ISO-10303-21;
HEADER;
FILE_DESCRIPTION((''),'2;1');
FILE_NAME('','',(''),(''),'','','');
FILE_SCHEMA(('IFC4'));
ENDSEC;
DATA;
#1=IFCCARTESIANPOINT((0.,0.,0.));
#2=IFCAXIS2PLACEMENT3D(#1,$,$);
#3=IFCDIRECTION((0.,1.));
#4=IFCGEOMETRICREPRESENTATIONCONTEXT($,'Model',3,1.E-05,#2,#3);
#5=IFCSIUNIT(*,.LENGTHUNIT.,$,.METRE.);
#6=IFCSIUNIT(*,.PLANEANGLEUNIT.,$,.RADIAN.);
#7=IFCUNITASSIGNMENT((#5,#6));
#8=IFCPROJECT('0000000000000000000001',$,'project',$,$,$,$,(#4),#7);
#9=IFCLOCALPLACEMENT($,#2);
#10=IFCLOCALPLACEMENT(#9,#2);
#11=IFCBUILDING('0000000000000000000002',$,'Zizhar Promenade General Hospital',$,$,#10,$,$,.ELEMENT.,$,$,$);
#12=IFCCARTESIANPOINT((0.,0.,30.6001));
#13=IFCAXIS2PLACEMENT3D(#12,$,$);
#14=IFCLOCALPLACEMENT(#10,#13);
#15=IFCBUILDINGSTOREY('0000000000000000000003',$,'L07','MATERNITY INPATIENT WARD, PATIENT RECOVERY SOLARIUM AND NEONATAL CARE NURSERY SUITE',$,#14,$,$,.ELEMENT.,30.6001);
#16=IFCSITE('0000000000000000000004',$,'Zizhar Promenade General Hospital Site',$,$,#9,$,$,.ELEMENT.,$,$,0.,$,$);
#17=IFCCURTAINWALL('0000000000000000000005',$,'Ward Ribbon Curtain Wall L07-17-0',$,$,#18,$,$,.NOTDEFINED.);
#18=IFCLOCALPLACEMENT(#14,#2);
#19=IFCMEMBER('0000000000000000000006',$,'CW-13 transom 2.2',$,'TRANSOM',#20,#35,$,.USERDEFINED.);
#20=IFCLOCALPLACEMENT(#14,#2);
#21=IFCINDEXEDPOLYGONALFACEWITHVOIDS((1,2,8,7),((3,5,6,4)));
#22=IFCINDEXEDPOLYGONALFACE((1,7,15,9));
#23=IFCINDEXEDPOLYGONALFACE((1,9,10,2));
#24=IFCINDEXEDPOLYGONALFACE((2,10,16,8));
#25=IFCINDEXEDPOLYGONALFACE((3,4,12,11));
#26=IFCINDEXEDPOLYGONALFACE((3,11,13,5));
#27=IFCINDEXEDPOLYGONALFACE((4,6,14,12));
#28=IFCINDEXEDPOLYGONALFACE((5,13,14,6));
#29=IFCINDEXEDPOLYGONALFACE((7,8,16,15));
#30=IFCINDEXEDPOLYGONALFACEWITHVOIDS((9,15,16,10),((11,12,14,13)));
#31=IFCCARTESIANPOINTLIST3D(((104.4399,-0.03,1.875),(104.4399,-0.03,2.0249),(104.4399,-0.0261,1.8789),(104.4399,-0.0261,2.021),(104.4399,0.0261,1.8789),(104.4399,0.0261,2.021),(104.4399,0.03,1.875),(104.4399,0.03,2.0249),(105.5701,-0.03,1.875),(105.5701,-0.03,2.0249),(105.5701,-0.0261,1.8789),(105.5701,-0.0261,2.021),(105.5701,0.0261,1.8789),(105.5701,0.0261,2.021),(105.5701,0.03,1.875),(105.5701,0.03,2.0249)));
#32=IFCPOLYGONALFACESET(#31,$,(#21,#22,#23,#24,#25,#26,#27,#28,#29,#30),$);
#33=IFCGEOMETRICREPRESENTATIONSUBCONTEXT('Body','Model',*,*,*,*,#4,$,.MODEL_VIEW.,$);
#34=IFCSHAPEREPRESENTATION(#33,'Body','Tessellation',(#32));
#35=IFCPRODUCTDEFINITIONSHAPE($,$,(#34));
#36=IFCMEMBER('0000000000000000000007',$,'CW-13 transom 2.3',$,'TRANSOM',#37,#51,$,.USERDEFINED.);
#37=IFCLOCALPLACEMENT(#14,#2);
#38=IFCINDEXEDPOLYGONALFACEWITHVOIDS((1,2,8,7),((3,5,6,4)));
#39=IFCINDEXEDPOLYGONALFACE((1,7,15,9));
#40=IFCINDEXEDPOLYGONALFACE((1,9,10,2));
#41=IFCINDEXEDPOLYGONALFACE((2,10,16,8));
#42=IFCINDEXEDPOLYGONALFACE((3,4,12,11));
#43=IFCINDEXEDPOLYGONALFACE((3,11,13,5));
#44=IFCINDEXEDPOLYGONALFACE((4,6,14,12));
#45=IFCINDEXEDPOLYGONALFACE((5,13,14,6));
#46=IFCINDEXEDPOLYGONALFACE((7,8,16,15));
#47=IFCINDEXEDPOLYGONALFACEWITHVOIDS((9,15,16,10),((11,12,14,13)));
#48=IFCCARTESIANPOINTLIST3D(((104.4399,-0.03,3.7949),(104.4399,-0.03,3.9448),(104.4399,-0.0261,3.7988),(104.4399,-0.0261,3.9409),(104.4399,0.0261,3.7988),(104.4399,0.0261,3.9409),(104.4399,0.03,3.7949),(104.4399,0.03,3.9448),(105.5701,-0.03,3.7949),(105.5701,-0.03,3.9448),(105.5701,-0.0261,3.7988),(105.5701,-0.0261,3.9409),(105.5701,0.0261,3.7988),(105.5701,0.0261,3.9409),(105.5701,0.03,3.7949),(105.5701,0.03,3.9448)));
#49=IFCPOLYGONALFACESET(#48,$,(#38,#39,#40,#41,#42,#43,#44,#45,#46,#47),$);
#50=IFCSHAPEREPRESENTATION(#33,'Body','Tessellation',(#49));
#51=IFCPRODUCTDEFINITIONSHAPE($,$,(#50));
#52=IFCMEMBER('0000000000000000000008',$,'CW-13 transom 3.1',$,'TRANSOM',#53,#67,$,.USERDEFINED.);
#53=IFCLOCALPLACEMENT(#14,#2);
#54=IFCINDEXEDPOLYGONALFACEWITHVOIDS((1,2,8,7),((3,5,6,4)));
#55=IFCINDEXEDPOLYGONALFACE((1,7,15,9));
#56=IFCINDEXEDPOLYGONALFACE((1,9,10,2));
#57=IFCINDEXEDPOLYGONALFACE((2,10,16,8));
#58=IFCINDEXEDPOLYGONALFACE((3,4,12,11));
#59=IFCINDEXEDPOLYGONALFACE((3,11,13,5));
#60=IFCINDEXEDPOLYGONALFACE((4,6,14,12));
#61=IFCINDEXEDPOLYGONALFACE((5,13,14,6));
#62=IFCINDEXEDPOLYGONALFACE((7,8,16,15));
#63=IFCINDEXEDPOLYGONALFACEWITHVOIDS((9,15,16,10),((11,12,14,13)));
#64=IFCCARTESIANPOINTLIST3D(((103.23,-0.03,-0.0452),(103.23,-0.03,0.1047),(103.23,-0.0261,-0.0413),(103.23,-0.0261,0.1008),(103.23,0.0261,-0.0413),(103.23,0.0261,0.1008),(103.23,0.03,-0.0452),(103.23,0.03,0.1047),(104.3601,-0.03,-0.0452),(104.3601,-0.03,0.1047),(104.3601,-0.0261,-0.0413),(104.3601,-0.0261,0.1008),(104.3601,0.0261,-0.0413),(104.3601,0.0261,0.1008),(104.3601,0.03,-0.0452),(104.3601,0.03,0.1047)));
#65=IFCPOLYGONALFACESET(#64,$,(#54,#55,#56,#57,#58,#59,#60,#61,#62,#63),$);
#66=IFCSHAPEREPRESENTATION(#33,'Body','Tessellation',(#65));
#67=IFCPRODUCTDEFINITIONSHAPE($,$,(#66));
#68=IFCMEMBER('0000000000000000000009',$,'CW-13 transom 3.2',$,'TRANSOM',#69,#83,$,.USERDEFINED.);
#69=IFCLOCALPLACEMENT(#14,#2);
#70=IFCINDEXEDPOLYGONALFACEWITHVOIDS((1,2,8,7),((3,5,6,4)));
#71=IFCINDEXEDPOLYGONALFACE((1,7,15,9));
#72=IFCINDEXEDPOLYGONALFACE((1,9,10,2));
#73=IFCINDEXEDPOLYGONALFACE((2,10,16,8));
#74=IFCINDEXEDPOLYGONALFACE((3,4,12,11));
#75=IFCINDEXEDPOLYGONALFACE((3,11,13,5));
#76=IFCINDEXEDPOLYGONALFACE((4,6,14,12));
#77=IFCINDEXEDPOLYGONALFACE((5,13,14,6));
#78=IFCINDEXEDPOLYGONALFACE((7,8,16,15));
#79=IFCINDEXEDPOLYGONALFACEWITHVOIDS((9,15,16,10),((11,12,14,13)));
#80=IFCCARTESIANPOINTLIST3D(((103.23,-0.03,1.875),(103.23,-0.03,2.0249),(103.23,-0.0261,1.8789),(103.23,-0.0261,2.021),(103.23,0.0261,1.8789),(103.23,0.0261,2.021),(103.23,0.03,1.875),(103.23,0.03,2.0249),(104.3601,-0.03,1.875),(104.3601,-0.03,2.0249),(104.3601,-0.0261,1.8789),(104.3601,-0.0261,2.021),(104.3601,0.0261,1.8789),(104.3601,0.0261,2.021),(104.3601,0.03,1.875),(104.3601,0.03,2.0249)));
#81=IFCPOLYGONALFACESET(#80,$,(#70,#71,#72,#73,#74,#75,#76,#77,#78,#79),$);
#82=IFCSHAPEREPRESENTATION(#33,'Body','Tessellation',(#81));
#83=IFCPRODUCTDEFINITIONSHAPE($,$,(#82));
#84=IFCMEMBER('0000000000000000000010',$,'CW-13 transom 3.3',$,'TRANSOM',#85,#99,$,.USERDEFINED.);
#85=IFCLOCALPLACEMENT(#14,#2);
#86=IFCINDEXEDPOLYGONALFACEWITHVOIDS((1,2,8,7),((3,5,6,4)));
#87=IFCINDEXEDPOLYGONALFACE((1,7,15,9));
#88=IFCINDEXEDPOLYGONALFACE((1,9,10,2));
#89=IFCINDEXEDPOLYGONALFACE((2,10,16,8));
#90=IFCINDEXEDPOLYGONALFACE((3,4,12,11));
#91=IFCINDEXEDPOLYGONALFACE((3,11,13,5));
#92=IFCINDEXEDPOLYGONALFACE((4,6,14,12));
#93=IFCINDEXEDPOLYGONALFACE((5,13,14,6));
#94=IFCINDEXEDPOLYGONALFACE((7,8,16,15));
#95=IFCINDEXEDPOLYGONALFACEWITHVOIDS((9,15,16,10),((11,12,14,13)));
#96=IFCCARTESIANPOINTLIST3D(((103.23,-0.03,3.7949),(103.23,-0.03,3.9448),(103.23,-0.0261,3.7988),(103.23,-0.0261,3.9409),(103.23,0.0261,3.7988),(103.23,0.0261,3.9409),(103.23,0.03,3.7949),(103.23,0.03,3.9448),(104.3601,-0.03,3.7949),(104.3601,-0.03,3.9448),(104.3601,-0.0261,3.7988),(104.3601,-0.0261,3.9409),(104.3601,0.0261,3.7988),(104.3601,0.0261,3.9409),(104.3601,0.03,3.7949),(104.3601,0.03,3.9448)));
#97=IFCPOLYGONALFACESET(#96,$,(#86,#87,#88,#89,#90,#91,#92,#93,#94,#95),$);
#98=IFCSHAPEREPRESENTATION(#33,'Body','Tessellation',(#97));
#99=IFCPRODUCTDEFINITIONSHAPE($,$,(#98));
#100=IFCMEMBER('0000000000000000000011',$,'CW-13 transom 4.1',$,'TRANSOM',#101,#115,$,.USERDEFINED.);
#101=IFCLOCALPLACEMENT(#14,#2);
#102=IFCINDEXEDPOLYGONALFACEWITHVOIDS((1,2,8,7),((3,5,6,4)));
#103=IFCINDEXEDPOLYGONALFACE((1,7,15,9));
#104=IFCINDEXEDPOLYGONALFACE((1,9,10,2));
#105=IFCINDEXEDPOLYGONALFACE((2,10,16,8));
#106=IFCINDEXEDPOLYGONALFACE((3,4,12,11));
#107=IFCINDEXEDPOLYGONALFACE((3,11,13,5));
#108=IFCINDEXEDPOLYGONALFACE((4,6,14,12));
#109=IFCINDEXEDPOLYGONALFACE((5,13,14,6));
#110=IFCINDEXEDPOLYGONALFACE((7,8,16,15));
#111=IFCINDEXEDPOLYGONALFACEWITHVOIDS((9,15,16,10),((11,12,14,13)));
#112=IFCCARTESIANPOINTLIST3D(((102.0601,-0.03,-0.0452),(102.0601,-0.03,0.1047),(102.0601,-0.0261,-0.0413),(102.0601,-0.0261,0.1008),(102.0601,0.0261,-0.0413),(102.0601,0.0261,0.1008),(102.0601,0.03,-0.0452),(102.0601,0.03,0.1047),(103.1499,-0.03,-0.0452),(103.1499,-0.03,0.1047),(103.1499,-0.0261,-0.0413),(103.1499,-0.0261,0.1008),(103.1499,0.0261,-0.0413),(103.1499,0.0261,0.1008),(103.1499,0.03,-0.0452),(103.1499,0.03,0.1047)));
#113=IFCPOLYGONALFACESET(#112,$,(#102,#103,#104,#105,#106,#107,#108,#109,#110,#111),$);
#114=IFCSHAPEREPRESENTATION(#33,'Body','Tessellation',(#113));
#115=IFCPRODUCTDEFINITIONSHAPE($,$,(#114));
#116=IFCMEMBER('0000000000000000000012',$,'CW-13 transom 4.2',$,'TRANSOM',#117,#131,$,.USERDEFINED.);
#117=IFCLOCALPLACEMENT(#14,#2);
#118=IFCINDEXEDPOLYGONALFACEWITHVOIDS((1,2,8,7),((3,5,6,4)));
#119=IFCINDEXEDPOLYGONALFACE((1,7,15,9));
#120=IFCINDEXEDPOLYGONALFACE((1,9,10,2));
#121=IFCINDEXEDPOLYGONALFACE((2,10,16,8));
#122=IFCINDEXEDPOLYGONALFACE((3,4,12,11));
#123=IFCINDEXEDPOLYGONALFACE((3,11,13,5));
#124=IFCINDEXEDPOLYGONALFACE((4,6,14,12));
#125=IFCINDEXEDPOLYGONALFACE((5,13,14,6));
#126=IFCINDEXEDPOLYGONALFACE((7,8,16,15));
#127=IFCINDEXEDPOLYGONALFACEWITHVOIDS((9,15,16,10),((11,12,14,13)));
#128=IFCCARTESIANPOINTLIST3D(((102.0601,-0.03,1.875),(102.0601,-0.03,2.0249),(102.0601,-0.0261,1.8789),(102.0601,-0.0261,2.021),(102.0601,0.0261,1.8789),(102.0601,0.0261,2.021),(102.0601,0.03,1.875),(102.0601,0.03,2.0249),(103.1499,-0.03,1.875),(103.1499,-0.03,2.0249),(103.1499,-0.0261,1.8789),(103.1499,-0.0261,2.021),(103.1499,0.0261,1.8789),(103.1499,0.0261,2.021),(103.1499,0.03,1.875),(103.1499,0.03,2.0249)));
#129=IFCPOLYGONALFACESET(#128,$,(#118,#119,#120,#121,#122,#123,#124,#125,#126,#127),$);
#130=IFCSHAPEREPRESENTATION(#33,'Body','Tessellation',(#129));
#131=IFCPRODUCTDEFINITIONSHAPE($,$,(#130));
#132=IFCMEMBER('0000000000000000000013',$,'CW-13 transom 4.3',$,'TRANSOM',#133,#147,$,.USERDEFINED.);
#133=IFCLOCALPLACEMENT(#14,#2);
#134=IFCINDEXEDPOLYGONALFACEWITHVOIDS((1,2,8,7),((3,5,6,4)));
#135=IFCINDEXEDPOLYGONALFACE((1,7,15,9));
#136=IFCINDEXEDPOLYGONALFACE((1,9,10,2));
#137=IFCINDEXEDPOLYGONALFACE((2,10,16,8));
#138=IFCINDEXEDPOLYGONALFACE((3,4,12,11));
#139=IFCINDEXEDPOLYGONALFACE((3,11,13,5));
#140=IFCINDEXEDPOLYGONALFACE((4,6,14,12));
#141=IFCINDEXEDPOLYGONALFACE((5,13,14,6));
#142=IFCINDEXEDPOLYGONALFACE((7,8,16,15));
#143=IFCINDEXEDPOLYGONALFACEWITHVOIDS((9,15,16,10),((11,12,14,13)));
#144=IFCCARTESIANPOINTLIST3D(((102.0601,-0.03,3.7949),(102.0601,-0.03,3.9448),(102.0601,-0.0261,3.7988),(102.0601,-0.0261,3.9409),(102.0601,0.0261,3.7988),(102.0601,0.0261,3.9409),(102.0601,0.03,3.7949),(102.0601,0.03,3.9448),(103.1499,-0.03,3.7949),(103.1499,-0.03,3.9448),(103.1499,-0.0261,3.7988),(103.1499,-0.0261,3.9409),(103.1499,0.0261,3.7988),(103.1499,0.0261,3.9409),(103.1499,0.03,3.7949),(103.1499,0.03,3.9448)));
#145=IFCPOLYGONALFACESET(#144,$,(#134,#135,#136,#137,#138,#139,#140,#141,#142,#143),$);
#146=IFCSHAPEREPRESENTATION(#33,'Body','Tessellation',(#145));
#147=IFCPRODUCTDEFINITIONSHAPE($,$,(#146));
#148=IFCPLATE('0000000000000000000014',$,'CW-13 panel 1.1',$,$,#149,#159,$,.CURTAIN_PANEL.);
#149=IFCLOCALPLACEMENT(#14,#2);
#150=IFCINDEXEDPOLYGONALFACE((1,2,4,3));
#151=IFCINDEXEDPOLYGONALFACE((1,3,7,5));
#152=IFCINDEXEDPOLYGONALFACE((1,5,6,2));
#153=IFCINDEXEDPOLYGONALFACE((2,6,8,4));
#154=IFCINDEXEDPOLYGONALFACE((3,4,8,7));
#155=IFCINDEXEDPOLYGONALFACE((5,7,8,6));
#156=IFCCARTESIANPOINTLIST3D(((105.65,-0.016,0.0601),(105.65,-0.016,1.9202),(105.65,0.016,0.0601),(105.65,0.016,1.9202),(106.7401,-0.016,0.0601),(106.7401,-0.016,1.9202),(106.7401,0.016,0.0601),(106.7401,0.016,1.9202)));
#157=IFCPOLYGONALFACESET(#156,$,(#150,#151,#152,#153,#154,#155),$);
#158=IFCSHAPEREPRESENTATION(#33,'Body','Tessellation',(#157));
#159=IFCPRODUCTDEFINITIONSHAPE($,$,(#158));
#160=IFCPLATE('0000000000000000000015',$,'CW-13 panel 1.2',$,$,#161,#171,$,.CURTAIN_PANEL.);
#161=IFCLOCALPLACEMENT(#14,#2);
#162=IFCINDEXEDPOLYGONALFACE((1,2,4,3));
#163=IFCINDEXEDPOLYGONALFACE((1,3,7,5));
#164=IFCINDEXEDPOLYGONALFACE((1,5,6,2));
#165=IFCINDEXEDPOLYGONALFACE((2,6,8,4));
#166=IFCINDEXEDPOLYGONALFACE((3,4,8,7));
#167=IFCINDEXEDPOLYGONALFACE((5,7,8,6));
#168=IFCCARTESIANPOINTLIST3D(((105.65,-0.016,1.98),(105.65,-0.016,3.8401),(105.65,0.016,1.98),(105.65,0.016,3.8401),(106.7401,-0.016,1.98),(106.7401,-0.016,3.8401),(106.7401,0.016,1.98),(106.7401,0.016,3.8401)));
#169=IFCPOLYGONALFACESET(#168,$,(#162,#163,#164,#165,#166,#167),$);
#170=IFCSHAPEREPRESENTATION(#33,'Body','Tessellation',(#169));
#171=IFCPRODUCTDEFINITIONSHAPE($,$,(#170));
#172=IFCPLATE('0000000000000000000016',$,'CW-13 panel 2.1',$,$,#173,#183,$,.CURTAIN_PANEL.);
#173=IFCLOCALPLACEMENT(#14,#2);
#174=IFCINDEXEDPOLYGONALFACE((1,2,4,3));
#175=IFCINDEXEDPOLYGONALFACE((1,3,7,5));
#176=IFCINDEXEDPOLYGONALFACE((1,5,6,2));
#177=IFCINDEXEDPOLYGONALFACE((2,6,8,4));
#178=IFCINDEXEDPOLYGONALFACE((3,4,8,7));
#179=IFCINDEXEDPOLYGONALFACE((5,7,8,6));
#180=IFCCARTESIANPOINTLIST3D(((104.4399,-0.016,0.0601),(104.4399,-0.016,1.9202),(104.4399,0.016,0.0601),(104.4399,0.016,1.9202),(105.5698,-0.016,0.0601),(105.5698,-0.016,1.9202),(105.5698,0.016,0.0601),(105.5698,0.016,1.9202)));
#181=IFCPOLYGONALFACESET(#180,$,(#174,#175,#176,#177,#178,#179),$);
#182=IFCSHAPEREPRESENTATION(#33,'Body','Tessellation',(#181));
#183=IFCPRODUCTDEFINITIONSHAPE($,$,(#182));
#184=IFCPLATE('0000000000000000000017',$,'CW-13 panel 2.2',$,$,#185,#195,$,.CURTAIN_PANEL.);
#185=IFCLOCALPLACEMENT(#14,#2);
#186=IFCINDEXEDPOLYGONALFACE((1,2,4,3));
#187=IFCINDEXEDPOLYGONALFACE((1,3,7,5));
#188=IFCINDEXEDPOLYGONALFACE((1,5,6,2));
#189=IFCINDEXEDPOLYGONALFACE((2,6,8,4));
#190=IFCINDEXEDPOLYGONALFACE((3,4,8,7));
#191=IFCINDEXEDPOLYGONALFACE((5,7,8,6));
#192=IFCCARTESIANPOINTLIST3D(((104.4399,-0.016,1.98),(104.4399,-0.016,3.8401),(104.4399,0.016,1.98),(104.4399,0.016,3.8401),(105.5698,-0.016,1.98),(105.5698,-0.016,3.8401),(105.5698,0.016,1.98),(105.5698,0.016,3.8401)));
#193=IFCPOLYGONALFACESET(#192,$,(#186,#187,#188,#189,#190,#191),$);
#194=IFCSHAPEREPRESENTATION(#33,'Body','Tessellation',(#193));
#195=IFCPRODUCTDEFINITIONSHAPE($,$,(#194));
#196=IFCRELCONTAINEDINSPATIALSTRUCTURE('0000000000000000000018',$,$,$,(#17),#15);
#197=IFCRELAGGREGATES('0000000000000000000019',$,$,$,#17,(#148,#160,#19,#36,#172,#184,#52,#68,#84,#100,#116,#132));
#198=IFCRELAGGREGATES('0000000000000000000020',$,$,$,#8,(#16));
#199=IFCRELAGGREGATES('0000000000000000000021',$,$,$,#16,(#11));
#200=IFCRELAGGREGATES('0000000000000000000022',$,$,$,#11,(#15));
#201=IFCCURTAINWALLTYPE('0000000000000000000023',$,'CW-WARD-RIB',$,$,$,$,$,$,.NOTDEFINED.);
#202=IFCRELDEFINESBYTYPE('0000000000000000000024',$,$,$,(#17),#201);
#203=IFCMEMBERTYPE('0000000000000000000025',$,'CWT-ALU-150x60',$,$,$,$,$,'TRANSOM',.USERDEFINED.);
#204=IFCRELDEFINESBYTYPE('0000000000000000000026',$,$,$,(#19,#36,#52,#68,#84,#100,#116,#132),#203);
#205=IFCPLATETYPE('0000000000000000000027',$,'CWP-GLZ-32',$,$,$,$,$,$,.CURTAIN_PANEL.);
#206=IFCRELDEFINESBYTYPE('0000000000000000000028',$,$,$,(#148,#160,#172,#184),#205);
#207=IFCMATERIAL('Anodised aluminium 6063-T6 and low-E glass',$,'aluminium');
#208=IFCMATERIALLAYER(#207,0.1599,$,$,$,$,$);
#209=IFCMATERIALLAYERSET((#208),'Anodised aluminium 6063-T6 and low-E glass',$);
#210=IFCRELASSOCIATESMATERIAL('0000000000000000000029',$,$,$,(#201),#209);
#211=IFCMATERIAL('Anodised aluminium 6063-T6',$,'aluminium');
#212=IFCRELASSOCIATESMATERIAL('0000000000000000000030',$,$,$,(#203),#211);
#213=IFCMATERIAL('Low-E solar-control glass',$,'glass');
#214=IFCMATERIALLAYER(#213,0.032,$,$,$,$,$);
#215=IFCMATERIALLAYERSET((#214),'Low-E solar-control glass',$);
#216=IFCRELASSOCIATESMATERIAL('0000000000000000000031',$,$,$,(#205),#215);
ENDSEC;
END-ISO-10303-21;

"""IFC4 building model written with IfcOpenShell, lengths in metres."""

from ifc_helpers import new_model, si_unit, direction, frame, origin, origin_2d, place, context, subcontext, project, spatial, rectangle, hollow_rectangle, extrude, material, layer, layer_set, material_profile, profile_set, type_object, element, aggregate, save


model = new_model("IFC4")

# Units and contexts
model_context = context("Model", 3, precision=1e-05, world=origin(), true_north=direction((0.0, 1.0)))
body_context = subcontext(model_context, "Body", "Model", "MODEL_VIEW")
ifc_project = project(units=[si_unit("LENGTHUNIT", "METRE"), si_unit("PLANEANGLEUNIT", "RADIAN")], contexts=[model_context])

# Site, building, storey
site_placement = place(None, origin())
site = spatial("IfcSite", under=ifc_project, at=site_placement, Name="Zizhar Promenade General Hospital Site", CompositionType="ELEMENT", RefElevation=0.0)
building_placement = place(site_placement, origin())
building = spatial("IfcBuilding", under=site, at=building_placement, Name="Zizhar Promenade General Hospital", CompositionType="ELEMENT")
storey_placement = place(building_placement, frame((0.0, 0.0, 30.6001)))
storey = spatial("IfcBuildingStorey", under=building, at=storey_placement, Name="L07", Description="MATERNITY INPATIENT WARD, PATIENT RECOVERY SOLARIUM AND NEONATAL CARE NURSERY SUITE", CompositionType="ELEMENT", Elevation=30.6001)

# Curtain wall, members, plates
ifc_material_1 = material(Name="Anodised aluminium 6063-T6 and low-E glass", Category="aluminium")
ifc_layer_1 = layer(ifc_material_1, 0.1599)
ifc_layer_set_1 = layer_set([ifc_layer_1], Name="Anodised aluminium 6063-T6 and low-E glass")
curtain_wall_type = type_object("IfcCurtainWallType", Name="CW-WARD-RIB", PredefinedType="NOTDEFINED", material=ifc_layer_set_1)
curtain_wall_placement = place(storey_placement, origin())
curtain_wall = element("IfcCurtainWall", 1, at=curtain_wall_placement, inside=storey, type_object=curtain_wall_type, Name="Ward Ribbon Curtain Wall L07-17-0", PredefinedType="NOTDEFINED")
ifc_material_2 = material(Name="Anodised aluminium 6063-T6", Category="aluminium")
ifc_material_profile_1 = material_profile(ifc_material_2, hollow_rectangle(XDim=0.0601, YDim=0.1499, WallThickness=0.0039, at=origin_2d()))
ifc_profile_set_1 = profile_set([ifc_material_profile_1], Name="Anodised aluminium 6063-T6")
member_type_1 = type_object("IfcMemberType", Name="CWT-ALU-150x60", ElementType="TRANSOM", PredefinedType="USERDEFINED", material=ifc_profile_set_1)
member_1_placement = place(storey_placement, frame((105.5701, 0.0, 1.95), z_axis=(-1.0, 0.0, 0.0), x_axis=(0.0, -1.0, 0.0)))
member_1 = element("IfcMember", 2, at=member_1_placement, type_object=member_type_1, Name="CW-13 transom 2.2", ObjectType="TRANSOM", PredefinedType="USERDEFINED", context=body_context, shape_type="SweptSolid", body=[
    extrude(hollow_rectangle(XDim=0.0601, YDim=0.1499, WallThickness=0.0039, at=origin_2d()), origin(), (0.0, 0.0, 1.0), 1.1301),
])
member_2_placement = place(storey_placement, frame((105.5701, 0.0, 3.8699), z_axis=(-1.0, 0.0, 0.0), x_axis=(0.0, -1.0, 0.0)))
member_2 = element("IfcMember", 3, at=member_2_placement, type_object=member_type_1, Name="CW-13 transom 2.3", ObjectType="TRANSOM", PredefinedType="USERDEFINED", context=body_context, shape_type="SweptSolid", body=[
    extrude(hollow_rectangle(XDim=0.0601, YDim=0.1499, WallThickness=0.0039, at=origin_2d()), origin(), (0.0, 0.0, 1.0), 1.1301),
])
member_3_placement = place(storey_placement, frame((104.3601, 0.0, 0.0298), z_axis=(-1.0, 0.0, 0.0), x_axis=(0.0, -1.0, 0.0)))
member_3 = element("IfcMember", 4, at=member_3_placement, type_object=member_type_1, Name="CW-13 transom 3.1", ObjectType="TRANSOM", PredefinedType="USERDEFINED", context=body_context, shape_type="SweptSolid", body=[
    extrude(hollow_rectangle(XDim=0.0601, YDim=0.1499, WallThickness=0.0039, at=origin_2d()), origin(), (0.0, 0.0, 1.0), 1.1301),
])
member_4_placement = place(storey_placement, frame((104.3601, 0.0, 1.95), z_axis=(-1.0, 0.0, 0.0), x_axis=(0.0, -1.0, 0.0)))
member_4 = element("IfcMember", 5, at=member_4_placement, type_object=member_type_1, Name="CW-13 transom 3.2", ObjectType="TRANSOM", PredefinedType="USERDEFINED", context=body_context, shape_type="SweptSolid", body=[
    extrude(hollow_rectangle(XDim=0.0601, YDim=0.1499, WallThickness=0.0039, at=origin_2d()), origin(), (0.0, 0.0, 1.0), 1.1301),
])
member_5_placement = place(storey_placement, frame((104.3601, 0.0, 3.8699), z_axis=(-1.0, 0.0, 0.0), x_axis=(0.0, -1.0, 0.0)))
member_5 = element("IfcMember", 6, at=member_5_placement, type_object=member_type_1, Name="CW-13 transom 3.3", ObjectType="TRANSOM", PredefinedType="USERDEFINED", context=body_context, shape_type="SweptSolid", body=[
    extrude(hollow_rectangle(XDim=0.0601, YDim=0.1499, WallThickness=0.0039, at=origin_2d()), origin(), (0.0, 0.0, 1.0), 1.1301),
])
member_6_placement = place(storey_placement, frame((103.1499, 0.0, 0.0298), z_axis=(-1.0, 0.0, 0.0), x_axis=(0.0, -1.0, 0.0)))
member_6 = element("IfcMember", 7, at=member_6_placement, type_object=member_type_1, Name="CW-13 transom 4.1", ObjectType="TRANSOM", PredefinedType="USERDEFINED", context=body_context, shape_type="SweptSolid", body=[
    extrude(hollow_rectangle(XDim=0.0601, YDim=0.1499, WallThickness=0.0039, at=origin_2d()), origin(), (0.0, 0.0, 1.0), 1.0898),
])
member_7_placement = place(storey_placement, frame((103.1499, 0.0, 1.95), z_axis=(-1.0, 0.0, 0.0), x_axis=(0.0, -1.0, 0.0)))
member_7 = element("IfcMember", 8, at=member_7_placement, type_object=member_type_1, Name="CW-13 transom 4.2", ObjectType="TRANSOM", PredefinedType="USERDEFINED", context=body_context, shape_type="SweptSolid", body=[
    extrude(hollow_rectangle(XDim=0.0601, YDim=0.1499, WallThickness=0.0039, at=origin_2d()), origin(), (0.0, 0.0, 1.0), 1.0898),
])
member_8_placement = place(storey_placement, frame((103.1499, 0.0, 3.8699), z_axis=(-1.0, 0.0, 0.0), x_axis=(0.0, -1.0, 0.0)))
member_8 = element("IfcMember", 9, at=member_8_placement, type_object=member_type_1, Name="CW-13 transom 4.3", ObjectType="TRANSOM", PredefinedType="USERDEFINED", context=body_context, shape_type="SweptSolid", body=[
    extrude(hollow_rectangle(XDim=0.0601, YDim=0.1499, WallThickness=0.0039, at=origin_2d()), origin(), (0.0, 0.0, 1.0), 1.0898),
])
ifc_material_3 = material(Name="Low-E solar-control glass", Category="glass")
ifc_layer_2 = layer(ifc_material_3, 0.032)
ifc_layer_set_2 = layer_set([ifc_layer_2], Name="Low-E solar-control glass")
plate_type = type_object("IfcPlateType", Name="CWP-GLZ-32", PredefinedType="CURTAIN_PANEL", material=ifc_layer_set_2)
plate_1_placement = place(storey_placement, frame((106.1951, 0.0, 0.0601), z_axis=(0.0, 0.0, 1.0), x_axis=(-1.0, 0.0, 0.0)))
plate_1 = element("IfcPlate", 10, at=plate_1_placement, type_object=plate_type, Name="CW-13 panel 1.1", PredefinedType="CURTAIN_PANEL", context=body_context, shape_type="SweptSolid", body=[
    extrude(rectangle(XDim=1.0901, YDim=0.032, at=origin_2d()), origin(), (0.0, 0.0, 1.0), 1.8601),
])
plate_2_placement = place(storey_placement, frame((106.1951, 0.0, 1.98), z_axis=(0.0, 0.0, 1.0), x_axis=(-1.0, 0.0, 0.0)))
plate_2 = element("IfcPlate", 11, at=plate_2_placement, type_object=plate_type, Name="CW-13 panel 1.2", PredefinedType="CURTAIN_PANEL", context=body_context, shape_type="SweptSolid", body=[
    extrude(rectangle(XDim=1.0901, YDim=0.032, at=origin_2d()), origin(), (0.0, 0.0, 1.0), 1.8601),
])
plate_3_placement = place(storey_placement, frame((105.0049, 0.0, 0.0601), z_axis=(0.0, 0.0, 1.0), x_axis=(-1.0, 0.0, 0.0)))
plate_3 = element("IfcPlate", 12, at=plate_3_placement, type_object=plate_type, Name="CW-13 panel 2.1", PredefinedType="CURTAIN_PANEL", context=body_context, shape_type="SweptSolid", body=[
    extrude(rectangle(XDim=1.1299, YDim=0.032, at=origin_2d()), origin(), (0.0, 0.0, 1.0), 1.8601),
])
plate_4_placement = place(storey_placement, frame((105.0049, 0.0, 1.98), z_axis=(0.0, 0.0, 1.0), x_axis=(-1.0, 0.0, 0.0)))
plate_4 = element("IfcPlate", 13, at=plate_4_placement, type_object=plate_type, Name="CW-13 panel 2.2", PredefinedType="CURTAIN_PANEL", context=body_context, shape_type="SweptSolid", body=[
    extrude(rectangle(XDim=1.1299, YDim=0.032, at=origin_2d()), origin(), (0.0, 0.0, 1.0), 1.8601),
])
aggregate(curtain_wall, [plate_1, plate_2, member_1, member_2, plate_3, plate_4, member_3, member_4, member_5, member_6, member_7, member_8])

save(model, "model.ifc")
